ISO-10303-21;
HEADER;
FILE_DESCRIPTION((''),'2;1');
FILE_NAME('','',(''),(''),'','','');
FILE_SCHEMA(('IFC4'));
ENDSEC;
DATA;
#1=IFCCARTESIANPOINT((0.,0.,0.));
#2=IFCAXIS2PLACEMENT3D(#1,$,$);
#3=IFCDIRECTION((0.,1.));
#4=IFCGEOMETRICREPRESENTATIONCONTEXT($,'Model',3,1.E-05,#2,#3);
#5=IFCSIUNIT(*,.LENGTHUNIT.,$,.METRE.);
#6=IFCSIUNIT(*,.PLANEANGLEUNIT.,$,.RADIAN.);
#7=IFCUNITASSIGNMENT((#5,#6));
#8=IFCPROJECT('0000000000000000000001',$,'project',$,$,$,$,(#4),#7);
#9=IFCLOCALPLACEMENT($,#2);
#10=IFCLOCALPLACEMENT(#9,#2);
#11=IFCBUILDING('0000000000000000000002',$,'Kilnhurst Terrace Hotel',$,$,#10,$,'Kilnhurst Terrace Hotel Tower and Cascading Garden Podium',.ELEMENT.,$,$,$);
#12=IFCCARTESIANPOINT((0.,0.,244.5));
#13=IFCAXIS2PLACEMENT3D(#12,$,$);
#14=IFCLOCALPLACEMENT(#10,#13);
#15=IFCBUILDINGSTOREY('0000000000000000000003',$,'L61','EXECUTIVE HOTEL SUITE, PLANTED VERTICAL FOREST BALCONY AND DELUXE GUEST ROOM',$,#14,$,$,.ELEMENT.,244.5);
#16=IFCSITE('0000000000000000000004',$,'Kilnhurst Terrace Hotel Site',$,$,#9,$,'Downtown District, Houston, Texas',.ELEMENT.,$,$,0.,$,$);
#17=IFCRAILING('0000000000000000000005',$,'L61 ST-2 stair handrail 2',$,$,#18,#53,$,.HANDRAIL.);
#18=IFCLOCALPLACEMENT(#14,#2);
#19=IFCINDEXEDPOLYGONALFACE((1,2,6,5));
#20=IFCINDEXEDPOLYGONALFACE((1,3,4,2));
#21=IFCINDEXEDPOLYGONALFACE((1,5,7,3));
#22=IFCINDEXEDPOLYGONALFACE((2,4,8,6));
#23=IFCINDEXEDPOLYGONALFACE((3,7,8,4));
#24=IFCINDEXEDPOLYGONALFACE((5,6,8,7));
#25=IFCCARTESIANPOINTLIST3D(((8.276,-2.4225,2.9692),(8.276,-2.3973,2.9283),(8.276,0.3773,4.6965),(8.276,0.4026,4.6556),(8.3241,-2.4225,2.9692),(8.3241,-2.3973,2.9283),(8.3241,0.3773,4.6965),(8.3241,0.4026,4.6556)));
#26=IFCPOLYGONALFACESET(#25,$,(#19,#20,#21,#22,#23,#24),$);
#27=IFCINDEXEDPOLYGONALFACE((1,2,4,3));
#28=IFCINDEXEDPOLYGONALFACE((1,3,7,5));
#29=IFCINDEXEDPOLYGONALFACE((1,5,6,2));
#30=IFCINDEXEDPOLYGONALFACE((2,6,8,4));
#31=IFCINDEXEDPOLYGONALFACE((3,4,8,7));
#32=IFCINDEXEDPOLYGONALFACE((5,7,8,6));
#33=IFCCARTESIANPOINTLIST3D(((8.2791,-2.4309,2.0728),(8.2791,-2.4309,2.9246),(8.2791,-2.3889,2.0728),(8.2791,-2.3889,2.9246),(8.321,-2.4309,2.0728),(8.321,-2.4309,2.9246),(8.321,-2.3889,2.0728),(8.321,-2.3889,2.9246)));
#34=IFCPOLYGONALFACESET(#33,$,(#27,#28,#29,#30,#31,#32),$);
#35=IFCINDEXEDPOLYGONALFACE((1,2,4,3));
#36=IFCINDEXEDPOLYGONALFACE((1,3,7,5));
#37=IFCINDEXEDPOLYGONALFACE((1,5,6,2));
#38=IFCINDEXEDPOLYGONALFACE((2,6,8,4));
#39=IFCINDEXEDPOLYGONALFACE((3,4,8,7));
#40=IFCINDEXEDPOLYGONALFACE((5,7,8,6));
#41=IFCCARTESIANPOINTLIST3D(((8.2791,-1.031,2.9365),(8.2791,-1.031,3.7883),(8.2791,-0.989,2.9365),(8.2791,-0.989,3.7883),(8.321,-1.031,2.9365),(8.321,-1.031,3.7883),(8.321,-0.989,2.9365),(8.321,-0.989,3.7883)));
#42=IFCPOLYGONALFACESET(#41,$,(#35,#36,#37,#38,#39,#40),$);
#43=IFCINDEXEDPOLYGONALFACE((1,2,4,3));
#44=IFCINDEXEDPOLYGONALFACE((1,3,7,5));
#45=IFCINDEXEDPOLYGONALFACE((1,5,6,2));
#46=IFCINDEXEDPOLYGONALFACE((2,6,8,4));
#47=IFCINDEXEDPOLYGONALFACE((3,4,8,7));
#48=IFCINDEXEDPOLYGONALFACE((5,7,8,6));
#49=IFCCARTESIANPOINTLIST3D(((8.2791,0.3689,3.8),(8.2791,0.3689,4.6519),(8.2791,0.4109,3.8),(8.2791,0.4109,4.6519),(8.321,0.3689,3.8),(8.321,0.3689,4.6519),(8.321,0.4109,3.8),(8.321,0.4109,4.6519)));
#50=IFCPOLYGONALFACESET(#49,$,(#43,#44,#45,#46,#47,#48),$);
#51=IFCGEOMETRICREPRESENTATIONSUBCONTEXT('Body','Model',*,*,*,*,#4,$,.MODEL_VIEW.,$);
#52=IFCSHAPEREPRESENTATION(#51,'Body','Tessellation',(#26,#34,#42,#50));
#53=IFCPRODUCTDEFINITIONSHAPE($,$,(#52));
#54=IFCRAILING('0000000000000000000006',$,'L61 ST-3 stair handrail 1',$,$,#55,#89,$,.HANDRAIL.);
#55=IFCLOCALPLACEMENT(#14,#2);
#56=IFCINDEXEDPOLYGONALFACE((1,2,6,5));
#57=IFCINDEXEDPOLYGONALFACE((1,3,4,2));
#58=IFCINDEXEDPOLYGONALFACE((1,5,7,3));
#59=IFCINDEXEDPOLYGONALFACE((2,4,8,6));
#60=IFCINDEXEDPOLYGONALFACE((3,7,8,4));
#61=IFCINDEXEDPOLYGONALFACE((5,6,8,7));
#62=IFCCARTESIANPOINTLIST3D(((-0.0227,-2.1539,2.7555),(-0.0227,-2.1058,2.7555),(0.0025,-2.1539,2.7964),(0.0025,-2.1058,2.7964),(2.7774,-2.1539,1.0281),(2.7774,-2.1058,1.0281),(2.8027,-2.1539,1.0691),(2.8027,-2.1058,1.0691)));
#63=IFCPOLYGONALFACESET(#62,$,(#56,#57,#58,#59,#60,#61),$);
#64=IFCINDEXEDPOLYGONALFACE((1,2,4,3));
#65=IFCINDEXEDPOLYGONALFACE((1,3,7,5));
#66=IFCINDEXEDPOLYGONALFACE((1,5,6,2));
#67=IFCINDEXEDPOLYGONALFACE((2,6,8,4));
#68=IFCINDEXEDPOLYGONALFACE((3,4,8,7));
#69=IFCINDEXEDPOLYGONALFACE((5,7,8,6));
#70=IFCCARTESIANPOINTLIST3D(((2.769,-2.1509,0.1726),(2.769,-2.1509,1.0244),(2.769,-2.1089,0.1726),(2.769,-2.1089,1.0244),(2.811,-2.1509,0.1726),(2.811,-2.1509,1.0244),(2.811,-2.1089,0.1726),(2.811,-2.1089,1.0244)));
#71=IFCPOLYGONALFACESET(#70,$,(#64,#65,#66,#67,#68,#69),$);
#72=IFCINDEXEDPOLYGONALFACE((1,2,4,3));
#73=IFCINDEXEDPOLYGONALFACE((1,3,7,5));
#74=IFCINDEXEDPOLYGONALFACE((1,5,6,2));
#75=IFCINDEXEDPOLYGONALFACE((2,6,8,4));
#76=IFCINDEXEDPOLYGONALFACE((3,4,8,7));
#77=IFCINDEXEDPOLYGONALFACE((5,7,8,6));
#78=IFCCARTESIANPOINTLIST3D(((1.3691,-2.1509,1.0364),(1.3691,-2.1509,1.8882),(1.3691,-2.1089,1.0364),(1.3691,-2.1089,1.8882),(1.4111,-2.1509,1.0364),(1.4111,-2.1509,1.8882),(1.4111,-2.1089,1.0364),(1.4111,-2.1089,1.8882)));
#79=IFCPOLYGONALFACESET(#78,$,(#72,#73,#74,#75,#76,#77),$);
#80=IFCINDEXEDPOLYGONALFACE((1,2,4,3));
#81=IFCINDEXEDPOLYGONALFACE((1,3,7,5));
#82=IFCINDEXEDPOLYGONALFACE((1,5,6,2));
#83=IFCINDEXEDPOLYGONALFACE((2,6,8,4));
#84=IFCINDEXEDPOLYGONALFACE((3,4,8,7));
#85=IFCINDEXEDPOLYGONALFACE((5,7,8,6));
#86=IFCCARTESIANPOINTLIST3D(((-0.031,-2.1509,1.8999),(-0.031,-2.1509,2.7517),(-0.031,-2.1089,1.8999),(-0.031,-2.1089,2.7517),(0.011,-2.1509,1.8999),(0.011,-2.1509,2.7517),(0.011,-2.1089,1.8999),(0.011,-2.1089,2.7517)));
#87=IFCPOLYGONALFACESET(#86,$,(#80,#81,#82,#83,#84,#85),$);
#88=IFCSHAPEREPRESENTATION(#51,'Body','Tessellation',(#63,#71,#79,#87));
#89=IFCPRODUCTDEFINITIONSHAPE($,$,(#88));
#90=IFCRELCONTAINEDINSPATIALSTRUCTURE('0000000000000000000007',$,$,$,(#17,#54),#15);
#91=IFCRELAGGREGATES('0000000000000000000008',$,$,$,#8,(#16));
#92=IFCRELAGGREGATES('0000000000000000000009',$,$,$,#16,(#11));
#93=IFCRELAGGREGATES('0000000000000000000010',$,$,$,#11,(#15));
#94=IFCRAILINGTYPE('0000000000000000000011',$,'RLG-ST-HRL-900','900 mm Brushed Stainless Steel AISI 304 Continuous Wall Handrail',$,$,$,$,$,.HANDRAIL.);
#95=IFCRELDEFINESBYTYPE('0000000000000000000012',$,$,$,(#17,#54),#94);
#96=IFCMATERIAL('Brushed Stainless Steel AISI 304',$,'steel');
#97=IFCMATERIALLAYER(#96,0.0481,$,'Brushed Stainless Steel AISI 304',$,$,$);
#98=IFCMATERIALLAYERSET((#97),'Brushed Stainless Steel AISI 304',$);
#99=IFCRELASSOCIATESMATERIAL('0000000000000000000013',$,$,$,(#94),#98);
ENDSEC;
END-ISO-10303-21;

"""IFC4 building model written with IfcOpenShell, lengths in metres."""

from ifc_helpers import new_model, si_unit, direction, frame, origin, origin_2d, place, context, subcontext, project, spatial, rectangle, extrude, material, layer, layer_set, type_object, element, save


model = new_model("IFC4")

# Units and contexts
model_context = context("Model", 3, precision=1e-05, world=origin(), true_north=direction((0.0, 1.0)))
body_context = subcontext(model_context, "Body", "Model", "MODEL_VIEW")
ifc_project = project(units=[si_unit("LENGTHUNIT", "METRE"), si_unit("PLANEANGLEUNIT", "RADIAN")], contexts=[model_context])

# Site, building, storey
site_placement = place(None, origin())
site = spatial("IfcSite", under=ifc_project, at=site_placement, Name="Kilnhurst Terrace Hotel Site", LongName="Downtown District, Houston, Texas", CompositionType="ELEMENT", RefElevation=0.0)
building_placement = place(site_placement, origin())
building = spatial("IfcBuilding", under=site, at=building_placement, Name="Kilnhurst Terrace Hotel", LongName="Kilnhurst Terrace Hotel Tower and Cascading Garden Podium", CompositionType="ELEMENT")
storey_placement = place(building_placement, frame((0.0, 0.0, 244.5)))
storey = spatial("IfcBuildingStorey", under=building, at=storey_placement, Name="L61", Description="EXECUTIVE HOTEL SUITE, PLANTED VERTICAL FOREST BALCONY AND DELUXE GUEST ROOM", CompositionType="ELEMENT", Elevation=244.5)

# Railings
ifc_material_1 = material(Name="Brushed Stainless Steel AISI 304", Category="steel")
ifc_layer_1 = layer(ifc_material_1, 0.0481, Name="Brushed Stainless Steel AISI 304")
ifc_layer_set_1 = layer_set([ifc_layer_1], Name="Brushed Stainless Steel AISI 304")
railing_type_1 = type_object("IfcRailingType", Name="RLG-ST-HRL-900", Description="900 mm Brushed Stainless Steel AISI 304 Continuous Wall Handrail", PredefinedType="HANDRAIL", material=ifc_layer_set_1)
railing_1_placement = place(storey_placement, frame((8.3, -2.4099, 2.0728)))
element("IfcRailing", 1, at=railing_1_placement, inside=storey, type_object=railing_type_1, Name="L61 ST-2 stair handrail 2", PredefinedType="HANDRAIL", context=body_context, shape_type="SweptSolid", body=[
    extrude(rectangle(XDim=0.0481, YDim=0.0481, at=origin_2d()), frame((0.0, 0.0, 0.876), z_axis=(0.0, 0.851069, 0.525054), x_axis=(-1.0, 0.0, 0.0)), (0.0, 0.0, 1.0), 3.2898),
    extrude(rectangle(XDim=0.042, YDim=0.042, at=origin_2d()), origin(), (0.0, 0.0, 1.0), 0.8518),
    extrude(rectangle(XDim=0.042, YDim=0.042, at=origin_2d()), frame((0.0, 1.3999, 0.8638)), (0.0, 0.0, 1.0), 0.8518),
    extrude(rectangle(XDim=0.042, YDim=0.042, at=origin_2d()), frame((0.0, 2.7998, 1.7273)), (0.0, 0.0, 1.0), 0.8518),
])
railing_2_placement = place(storey_placement, frame((2.79, -2.1299, 0.1726)))
element("IfcRailing", 2, at=railing_2_placement, inside=storey, type_object=railing_type_1, Name="L61 ST-3 stair handrail 1", PredefinedType="HANDRAIL", context=body_context, shape_type="SweptSolid", body=[
    extrude(rectangle(XDim=0.0481, YDim=0.0481, at=origin_2d()), frame((0.0, 0.0, 0.876), z_axis=(-0.85109, 0.0, 0.52502), x_axis=(0.0, -1.0, 0.0)), (0.0, 0.0, 1.0), 3.29),
    extrude(rectangle(XDim=0.042, YDim=0.042, at=origin_2d()), origin(), (0.0, 0.0, 1.0), 0.8518),
    extrude(rectangle(XDim=0.042, YDim=0.042, at=origin_2d()), frame((-1.3999, 0.0, 0.8638)), (0.0, 0.0, 1.0), 0.8518),
    extrude(rectangle(XDim=0.042, YDim=0.042, at=origin_2d()), frame((-2.8, 0.0, 1.7273)), (0.0, 0.0, 1.0), 0.8518),
])

save(model, "model.ifc")
